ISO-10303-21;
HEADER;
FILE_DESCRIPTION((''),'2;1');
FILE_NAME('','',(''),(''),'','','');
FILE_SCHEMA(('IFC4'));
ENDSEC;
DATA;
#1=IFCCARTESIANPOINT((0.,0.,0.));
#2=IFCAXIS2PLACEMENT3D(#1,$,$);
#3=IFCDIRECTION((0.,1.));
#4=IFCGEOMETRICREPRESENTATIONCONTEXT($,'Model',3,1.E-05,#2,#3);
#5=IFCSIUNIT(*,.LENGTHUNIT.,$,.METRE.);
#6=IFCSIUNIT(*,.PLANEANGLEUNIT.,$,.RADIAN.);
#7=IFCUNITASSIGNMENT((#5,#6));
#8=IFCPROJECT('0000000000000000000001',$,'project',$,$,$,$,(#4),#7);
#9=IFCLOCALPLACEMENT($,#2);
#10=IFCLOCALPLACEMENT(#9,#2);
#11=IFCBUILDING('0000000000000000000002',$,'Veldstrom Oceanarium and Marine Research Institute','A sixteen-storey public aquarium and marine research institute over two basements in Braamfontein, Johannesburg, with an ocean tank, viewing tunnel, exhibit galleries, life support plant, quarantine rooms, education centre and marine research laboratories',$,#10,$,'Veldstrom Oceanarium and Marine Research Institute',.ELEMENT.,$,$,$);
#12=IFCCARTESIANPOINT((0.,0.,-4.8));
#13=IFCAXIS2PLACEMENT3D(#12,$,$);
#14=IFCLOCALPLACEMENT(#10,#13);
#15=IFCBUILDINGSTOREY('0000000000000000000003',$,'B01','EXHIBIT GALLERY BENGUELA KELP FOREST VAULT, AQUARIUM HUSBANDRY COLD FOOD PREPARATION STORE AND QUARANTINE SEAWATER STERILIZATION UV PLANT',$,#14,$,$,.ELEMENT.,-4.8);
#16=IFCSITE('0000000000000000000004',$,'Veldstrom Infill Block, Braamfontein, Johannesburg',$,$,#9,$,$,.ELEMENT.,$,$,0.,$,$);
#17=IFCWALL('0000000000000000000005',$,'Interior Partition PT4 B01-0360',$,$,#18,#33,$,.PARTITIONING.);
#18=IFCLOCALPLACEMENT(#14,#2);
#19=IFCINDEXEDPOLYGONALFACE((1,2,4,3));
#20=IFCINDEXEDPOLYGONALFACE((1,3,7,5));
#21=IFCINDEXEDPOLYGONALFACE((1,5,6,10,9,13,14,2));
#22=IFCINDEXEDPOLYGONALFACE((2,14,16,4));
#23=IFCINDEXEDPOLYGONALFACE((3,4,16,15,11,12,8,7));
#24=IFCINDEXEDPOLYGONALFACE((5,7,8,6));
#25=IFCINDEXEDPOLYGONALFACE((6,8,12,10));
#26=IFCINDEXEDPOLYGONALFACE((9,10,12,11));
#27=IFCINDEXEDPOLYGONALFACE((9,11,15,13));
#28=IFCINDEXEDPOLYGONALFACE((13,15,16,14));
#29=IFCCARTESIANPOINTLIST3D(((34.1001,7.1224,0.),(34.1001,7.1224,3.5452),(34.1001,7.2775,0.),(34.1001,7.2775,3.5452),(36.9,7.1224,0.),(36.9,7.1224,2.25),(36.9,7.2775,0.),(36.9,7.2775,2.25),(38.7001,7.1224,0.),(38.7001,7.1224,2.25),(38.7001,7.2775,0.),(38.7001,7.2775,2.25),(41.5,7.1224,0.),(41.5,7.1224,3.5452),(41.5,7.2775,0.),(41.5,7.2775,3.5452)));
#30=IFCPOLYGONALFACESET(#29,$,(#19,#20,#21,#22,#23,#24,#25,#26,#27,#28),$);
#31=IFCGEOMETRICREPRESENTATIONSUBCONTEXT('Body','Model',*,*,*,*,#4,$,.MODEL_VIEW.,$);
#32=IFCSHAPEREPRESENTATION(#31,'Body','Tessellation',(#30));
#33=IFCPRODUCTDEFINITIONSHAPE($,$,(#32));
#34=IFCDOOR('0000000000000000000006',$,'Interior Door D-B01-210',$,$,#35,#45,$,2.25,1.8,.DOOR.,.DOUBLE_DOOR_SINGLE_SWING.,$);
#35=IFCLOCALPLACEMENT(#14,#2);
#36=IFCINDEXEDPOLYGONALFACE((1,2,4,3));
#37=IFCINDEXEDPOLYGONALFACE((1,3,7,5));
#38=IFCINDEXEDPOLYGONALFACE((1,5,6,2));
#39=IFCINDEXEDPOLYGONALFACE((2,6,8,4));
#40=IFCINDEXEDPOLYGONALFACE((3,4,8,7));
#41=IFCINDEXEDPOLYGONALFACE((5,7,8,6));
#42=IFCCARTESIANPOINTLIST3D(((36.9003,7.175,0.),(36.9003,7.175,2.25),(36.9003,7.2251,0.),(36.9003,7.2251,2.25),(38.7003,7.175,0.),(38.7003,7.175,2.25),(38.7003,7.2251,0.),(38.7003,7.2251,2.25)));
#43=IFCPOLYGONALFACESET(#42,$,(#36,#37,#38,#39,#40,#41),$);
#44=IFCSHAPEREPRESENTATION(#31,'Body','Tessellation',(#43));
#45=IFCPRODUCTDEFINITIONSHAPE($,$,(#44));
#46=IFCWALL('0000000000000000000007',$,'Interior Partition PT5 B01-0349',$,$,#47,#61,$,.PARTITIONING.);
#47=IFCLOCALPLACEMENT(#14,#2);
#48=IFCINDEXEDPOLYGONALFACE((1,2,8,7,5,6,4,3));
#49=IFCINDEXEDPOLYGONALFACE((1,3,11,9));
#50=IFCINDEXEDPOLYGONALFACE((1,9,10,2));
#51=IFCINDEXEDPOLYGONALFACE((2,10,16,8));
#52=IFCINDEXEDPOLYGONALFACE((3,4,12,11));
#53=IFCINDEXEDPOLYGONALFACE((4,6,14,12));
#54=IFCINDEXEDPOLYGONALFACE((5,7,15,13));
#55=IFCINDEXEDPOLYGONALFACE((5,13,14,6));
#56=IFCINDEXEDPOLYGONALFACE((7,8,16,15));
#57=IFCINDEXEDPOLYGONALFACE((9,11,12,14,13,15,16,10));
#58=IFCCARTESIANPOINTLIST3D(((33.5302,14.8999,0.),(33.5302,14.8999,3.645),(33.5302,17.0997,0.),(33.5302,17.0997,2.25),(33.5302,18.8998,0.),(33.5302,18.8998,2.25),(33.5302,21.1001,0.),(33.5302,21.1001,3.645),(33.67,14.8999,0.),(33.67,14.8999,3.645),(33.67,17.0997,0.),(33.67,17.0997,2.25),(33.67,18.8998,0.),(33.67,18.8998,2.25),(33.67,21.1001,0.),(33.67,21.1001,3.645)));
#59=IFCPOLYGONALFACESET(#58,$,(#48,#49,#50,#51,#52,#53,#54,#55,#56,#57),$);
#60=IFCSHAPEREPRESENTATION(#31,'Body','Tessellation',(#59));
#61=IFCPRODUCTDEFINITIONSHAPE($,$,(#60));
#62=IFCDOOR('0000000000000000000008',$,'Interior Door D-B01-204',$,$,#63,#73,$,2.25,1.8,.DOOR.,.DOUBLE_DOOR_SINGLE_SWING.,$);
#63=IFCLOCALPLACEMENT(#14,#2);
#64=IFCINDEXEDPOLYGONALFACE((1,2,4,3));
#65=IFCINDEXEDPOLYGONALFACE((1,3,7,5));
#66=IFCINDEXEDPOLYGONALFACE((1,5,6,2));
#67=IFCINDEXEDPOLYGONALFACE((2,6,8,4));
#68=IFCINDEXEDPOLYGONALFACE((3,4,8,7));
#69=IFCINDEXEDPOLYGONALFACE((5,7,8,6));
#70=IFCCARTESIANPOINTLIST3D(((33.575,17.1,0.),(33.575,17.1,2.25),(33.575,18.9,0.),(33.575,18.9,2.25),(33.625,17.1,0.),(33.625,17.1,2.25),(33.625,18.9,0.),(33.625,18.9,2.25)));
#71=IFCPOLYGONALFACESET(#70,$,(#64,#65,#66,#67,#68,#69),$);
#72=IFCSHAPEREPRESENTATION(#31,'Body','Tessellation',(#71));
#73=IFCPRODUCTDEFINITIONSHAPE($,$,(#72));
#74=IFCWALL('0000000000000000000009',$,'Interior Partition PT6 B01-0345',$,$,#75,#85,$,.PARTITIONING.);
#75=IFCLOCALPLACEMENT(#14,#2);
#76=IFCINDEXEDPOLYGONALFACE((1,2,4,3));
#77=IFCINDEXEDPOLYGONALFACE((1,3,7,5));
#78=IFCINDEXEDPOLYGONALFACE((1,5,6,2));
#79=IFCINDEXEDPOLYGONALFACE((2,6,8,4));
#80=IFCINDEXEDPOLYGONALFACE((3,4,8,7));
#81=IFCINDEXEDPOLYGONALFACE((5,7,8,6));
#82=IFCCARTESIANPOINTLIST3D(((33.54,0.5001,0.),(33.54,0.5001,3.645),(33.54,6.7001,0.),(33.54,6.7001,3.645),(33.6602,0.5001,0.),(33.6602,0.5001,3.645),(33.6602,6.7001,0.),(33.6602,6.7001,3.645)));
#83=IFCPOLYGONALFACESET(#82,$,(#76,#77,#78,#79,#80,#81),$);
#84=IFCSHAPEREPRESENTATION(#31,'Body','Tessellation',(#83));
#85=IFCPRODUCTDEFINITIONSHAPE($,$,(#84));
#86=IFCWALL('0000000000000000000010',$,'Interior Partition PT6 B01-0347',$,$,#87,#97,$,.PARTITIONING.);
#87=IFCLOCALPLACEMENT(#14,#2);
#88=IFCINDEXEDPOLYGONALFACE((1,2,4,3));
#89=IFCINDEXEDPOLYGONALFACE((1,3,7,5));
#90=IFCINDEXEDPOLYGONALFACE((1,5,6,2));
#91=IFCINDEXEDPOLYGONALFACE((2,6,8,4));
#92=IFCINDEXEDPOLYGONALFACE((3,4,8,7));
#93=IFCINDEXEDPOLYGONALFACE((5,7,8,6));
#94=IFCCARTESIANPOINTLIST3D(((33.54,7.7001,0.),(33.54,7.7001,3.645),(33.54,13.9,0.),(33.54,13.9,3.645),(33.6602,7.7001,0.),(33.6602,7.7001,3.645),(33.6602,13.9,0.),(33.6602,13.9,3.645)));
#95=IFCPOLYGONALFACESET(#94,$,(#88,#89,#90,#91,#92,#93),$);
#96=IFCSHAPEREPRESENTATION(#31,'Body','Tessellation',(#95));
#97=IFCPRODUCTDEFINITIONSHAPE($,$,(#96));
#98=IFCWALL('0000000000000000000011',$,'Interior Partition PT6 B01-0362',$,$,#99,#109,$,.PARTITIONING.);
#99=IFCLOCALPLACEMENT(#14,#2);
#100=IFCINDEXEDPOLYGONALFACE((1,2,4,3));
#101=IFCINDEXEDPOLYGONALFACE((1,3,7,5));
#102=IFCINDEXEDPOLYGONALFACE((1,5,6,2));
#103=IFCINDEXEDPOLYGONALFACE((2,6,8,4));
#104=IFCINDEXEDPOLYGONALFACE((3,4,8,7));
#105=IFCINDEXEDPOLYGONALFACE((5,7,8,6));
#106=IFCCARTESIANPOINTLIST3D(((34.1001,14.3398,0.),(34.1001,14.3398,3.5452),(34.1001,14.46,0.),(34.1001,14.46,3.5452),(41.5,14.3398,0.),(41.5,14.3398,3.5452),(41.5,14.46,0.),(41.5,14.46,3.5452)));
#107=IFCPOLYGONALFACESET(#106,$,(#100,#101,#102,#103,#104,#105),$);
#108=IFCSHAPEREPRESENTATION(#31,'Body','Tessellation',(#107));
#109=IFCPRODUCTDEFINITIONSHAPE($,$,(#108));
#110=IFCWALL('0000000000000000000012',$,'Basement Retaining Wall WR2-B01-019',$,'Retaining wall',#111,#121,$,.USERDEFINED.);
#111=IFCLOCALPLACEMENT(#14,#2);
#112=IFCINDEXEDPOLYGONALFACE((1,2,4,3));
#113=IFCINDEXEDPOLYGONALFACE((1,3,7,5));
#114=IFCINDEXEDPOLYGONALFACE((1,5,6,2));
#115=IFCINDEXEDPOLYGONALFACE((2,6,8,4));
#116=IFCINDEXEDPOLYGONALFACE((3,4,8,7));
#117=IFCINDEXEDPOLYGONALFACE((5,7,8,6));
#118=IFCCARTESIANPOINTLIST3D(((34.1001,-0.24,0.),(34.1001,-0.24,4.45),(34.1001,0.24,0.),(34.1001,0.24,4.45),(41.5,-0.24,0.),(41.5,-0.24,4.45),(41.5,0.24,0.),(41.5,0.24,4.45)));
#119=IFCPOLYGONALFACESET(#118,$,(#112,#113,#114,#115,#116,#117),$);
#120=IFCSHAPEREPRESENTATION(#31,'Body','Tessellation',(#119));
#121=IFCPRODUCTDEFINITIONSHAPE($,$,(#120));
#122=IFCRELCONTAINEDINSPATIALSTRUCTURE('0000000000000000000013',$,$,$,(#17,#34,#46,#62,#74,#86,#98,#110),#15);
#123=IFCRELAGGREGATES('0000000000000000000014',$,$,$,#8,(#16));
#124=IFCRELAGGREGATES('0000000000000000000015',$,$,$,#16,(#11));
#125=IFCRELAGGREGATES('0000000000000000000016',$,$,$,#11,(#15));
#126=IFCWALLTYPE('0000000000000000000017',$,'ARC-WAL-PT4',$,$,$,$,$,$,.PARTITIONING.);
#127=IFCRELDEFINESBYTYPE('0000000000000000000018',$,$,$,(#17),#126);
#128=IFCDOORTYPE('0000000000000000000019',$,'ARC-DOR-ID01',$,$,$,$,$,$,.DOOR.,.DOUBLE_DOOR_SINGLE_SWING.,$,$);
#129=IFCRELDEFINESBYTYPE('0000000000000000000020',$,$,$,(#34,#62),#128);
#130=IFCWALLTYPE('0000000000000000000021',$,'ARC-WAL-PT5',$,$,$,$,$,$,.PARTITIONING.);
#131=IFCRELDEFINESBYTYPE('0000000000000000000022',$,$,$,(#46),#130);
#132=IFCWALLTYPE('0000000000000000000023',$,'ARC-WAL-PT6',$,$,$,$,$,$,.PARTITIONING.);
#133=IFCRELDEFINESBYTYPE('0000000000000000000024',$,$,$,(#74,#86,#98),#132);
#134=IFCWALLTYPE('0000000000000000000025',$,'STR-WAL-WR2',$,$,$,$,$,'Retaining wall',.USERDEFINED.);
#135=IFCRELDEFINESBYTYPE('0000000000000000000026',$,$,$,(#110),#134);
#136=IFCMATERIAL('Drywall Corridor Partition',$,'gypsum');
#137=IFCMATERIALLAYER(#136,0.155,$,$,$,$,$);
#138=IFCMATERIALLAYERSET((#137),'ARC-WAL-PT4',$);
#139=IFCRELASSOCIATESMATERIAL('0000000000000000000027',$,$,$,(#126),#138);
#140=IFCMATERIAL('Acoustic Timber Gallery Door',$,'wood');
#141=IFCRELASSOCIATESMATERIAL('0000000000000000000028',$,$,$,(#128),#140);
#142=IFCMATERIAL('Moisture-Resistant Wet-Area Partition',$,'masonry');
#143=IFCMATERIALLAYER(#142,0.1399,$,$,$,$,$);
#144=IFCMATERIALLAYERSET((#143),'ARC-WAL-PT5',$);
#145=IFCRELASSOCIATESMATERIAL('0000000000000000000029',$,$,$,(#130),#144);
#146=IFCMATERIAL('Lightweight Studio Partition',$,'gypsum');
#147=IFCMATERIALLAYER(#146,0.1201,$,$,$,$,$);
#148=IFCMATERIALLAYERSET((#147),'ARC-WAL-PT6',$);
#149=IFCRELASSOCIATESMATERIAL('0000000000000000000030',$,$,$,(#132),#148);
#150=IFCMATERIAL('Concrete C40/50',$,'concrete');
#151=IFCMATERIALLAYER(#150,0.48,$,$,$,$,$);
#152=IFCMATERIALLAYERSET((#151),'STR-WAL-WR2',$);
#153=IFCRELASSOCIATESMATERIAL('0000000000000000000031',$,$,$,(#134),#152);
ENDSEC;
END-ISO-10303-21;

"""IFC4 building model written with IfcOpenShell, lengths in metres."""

from ifc_helpers import new_model, si_unit, direction, frame, frame_2d, origin, place, context, subcontext, project, spatial, rectangle, extrude, material, layer, layer_set, type_object, element, fill, save


model = new_model("IFC4")

# Units and contexts
model_context = context("Model", 3, precision=1e-05, world=origin(), true_north=direction((0.0, 1.0)))
body_context = subcontext(model_context, "Body", "Model", "MODEL_VIEW")
ifc_project = project(units=[si_unit("LENGTHUNIT", "METRE"), si_unit("PLANEANGLEUNIT", "RADIAN")], contexts=[model_context])

# Site, building, storey
site_placement = place(None, origin())
site = spatial("IfcSite", under=ifc_project, at=site_placement, Name="Veldstrom Infill Block, Braamfontein, Johannesburg", CompositionType="ELEMENT", RefElevation=0.0)
building_placement = place(site_placement, origin())
building = spatial("IfcBuilding", under=site, at=building_placement, Name="Veldstrom Oceanarium and Marine Research Institute", Description="A sixteen-storey public aquarium and marine research institute over two basements in Braamfontein, Johannesburg, with an ocean tank, viewing tunnel, exhibit galleries, life support plant, quarantine rooms, education centre and marine research laboratories", LongName="Veldstrom Oceanarium and Marine Research Institute", CompositionType="ELEMENT")
storey_placement = place(building_placement, frame((0.0, 0.0, -4.8)))
storey = spatial("IfcBuildingStorey", under=building, at=storey_placement, Name="B01", Description="EXHIBIT GALLERY BENGUELA KELP FOREST VAULT, AQUARIUM HUSBANDRY COLD FOOD PREPARATION STORE AND QUARANTINE SEAWATER STERILIZATION UV PLANT", CompositionType="ELEMENT", Elevation=-4.8)

# Walls, openings, doors
ifc_material_1 = material(Name="Drywall Corridor Partition", Category="gypsum")
ifc_layer_1 = layer(ifc_material_1, 0.155)
ifc_layer_set_1 = layer_set([ifc_layer_1], Name="ARC-WAL-PT4")
wall_type_1 = type_object("IfcWallType", Name="ARC-WAL-PT4", PredefinedType="PARTITIONING", material=ifc_layer_set_1)
wall_1_placement = place(storey_placement, frame((34.1001, 7.2, 0.0), z_axis=(0.0, 0.0, 1.0), x_axis=(1.0, 0.0, 0.0)))
wall_1 = element("IfcWall", 1, at=wall_1_placement, inside=storey, type_object=wall_type_1, Name="Interior Partition PT4 B01-0360", PredefinedType="PARTITIONING", context=body_context, shape_type="SweptSolid", body=[
    extrude(rectangle(XDim=7.3999, YDim=0.155, at=frame_2d((3.7, 0.0))), origin(), (0.0, 0.0, 1.0), 3.5452),
])
opening_1_placement = place(wall_1_placement, frame((2.8, 0.0, 0.0)))
opening_1 = element("IfcOpeningElement", 2, at=opening_1_placement, cuts=wall_1, PredefinedType="OPENING", context=body_context, shape_type="SweptSolid", body=[
    extrude(rectangle(XDim=1.8, YDim=2.25, at=frame_2d((0.8999, 1.125))), frame((0.0, 0.0874, 0.0), z_axis=(0.0, -1.0, 0.0), x_axis=(1.0, 0.0, 0.0)), (0.0, 0.0, 1.0), 0.175),
])
ifc_material_2 = material(Name="Acoustic Timber Gallery Door", Category="wood")
door_type = type_object("IfcDoorType", Name="ARC-DOR-ID01", OperationType="DOUBLE_DOOR_SINGLE_SWING", PredefinedType="DOOR", material=ifc_material_2)
door_1_placement = place(opening_1_placement, frame((1.8, 0.0, 0.0), z_axis=(0.0, 0.0, 1.0), x_axis=(-1.0, 0.0, 0.0)))
door_1 = element("IfcDoor", 3, at=door_1_placement, inside=storey, type_object=door_type, Name="Interior Door D-B01-210", OperationType="DOUBLE_DOOR_SINGLE_SWING", OverallHeight=2.25, OverallWidth=1.8, PredefinedType="DOOR", context=body_context, shape_type="SweptSolid", body=[
    extrude(rectangle(XDim=1.8, YDim=2.25, at=frame_2d((0.8999, 1.125))), frame((0.0, 0.0249, 0.0), z_axis=(0.0, -1.0, 0.0), x_axis=(1.0, 0.0, 0.0)), (0.0, 0.0, 1.0), 0.05),
])
fill(opening_1, door_1)
ifc_material_3 = material(Name="Moisture-Resistant Wet-Area Partition", Category="masonry")
ifc_layer_2 = layer(ifc_material_3, 0.1399)
ifc_layer_set_2 = layer_set([ifc_layer_2], Name="ARC-WAL-PT5")
wall_type_2 = type_object("IfcWallType", Name="ARC-WAL-PT5", PredefinedType="PARTITIONING", material=ifc_layer_set_2)
wall_2_placement = place(storey_placement, frame((33.6001, 14.8999, 0.0), z_axis=(0.0, 0.0, 1.0), x_axis=(0.0, 1.0, 0.0)))
wall_2 = element("IfcWall", 4, at=wall_2_placement, inside=storey, type_object=wall_type_2, Name="Interior Partition PT5 B01-0349", PredefinedType="PARTITIONING", context=body_context, shape_type="SweptSolid", body=[
    extrude(rectangle(XDim=6.2002, YDim=0.1399, at=frame_2d((3.1001, 0.0))), origin(), (0.0, 0.0, 1.0), 3.645),
])
opening_2_placement = place(wall_2_placement, frame((2.2, 0.0, 0.0)))
opening_2 = element("IfcOpeningElement", 5, at=opening_2_placement, cuts=wall_2, PredefinedType="OPENING", context=body_context, shape_type="SweptSolid", body=[
    extrude(rectangle(XDim=1.8, YDim=2.25, at=frame_2d((0.8999, 1.125))), frame((0.0, 0.0798, 0.0), z_axis=(0.0, -1.0, 0.0), x_axis=(1.0, 0.0, 0.0)), (0.0, 0.0, 1.0), 0.1599),
])
door_2_placement = place(opening_2_placement, frame((1.8, 0.0, 0.0), z_axis=(0.0, 0.0, 1.0), x_axis=(-1.0, 0.0, 0.0)))
door_2 = element("IfcDoor", 6, at=door_2_placement, inside=storey, type_object=door_type, Name="Interior Door D-B01-204", OperationType="DOUBLE_DOOR_SINGLE_SWING", OverallHeight=2.25, OverallWidth=1.8, PredefinedType="DOOR", context=body_context, shape_type="SweptSolid", body=[
    extrude(rectangle(XDim=1.8, YDim=2.25, at=frame_2d((0.8999, 1.125))), frame((0.0, 0.0249, 0.0), z_axis=(0.0, -1.0, 0.0), x_axis=(1.0, 0.0, 0.0)), (0.0, 0.0, 1.0), 0.05),
])
fill(opening_2, door_2)

# Walls
ifc_material_4 = material(Name="Lightweight Studio Partition", Category="gypsum")
ifc_layer_3 = layer(ifc_material_4, 0.1201)
ifc_layer_set_3 = layer_set([ifc_layer_3], Name="ARC-WAL-PT6")
wall_type_3 = type_object("IfcWallType", Name="ARC-WAL-PT6", PredefinedType="PARTITIONING", material=ifc_layer_set_3)
for number, where, z_axis, x_axis, name in (
    (7, (33.6001, 0.5, 0.0), (0.0, 0.0, 1.0), (0.0, 1.0, 0.0), "Interior Partition PT6 B01-0345"),
    (8, (33.6001, 7.7, 0.0), (0.0, 0.0, 1.0), (0.0, 1.0, 0.0), "Interior Partition PT6 B01-0347"),
):
    element("IfcWall", number, at=place(storey_placement, frame(where, z_axis=z_axis, x_axis=x_axis)), inside=storey, type_object=wall_type_3, Name=name, PredefinedType="PARTITIONING", context=body_context, shape_type="SweptSolid", body=[
        extrude(rectangle(XDim=6.2, YDim=0.1201, at=frame_2d((3.1001, 0.0))), origin(), (0.0, 0.0, 1.0), 3.645),
    ])
wall_3_placement = place(storey_placement, frame((34.1001, 14.3999, 0.0), z_axis=(0.0, 0.0, 1.0), x_axis=(1.0, 0.0, 0.0)))
element("IfcWall", 9, at=wall_3_placement, inside=storey, type_object=wall_type_3, Name="Interior Partition PT6 B01-0362", PredefinedType="PARTITIONING", context=body_context, shape_type="SweptSolid", body=[
    extrude(rectangle(XDim=7.3999, YDim=0.1201, at=frame_2d((3.7, 0.0))), origin(), (0.0, 0.0, 1.0), 3.5452),
])
ifc_material_5 = material(Name="Concrete C40/50", Category="concrete")
ifc_layer_4 = layer(ifc_material_5, 0.48)
ifc_layer_set_4 = layer_set([ifc_layer_4], Name="STR-WAL-WR2")
wall_type_4 = type_object("IfcWallType", Name="STR-WAL-WR2", ElementType="Retaining wall", PredefinedType="USERDEFINED", material=ifc_layer_set_4)
wall_4_placement = place(storey_placement, frame((34.1001, 0.0, 0.0), z_axis=(0.0, 0.0, 1.0), x_axis=(1.0, 0.0, 0.0)))
element("IfcWall", 10, at=wall_4_placement, inside=storey, type_object=wall_type_4, Name="Basement Retaining Wall WR2-B01-019", ObjectType="Retaining wall", PredefinedType="USERDEFINED", context=body_context, shape_type="SweptSolid", body=[
    extrude(rectangle(XDim=7.3999, YDim=0.48, at=frame_2d((3.7, 0.0))), origin(), (0.0, 0.0, 1.0), 4.45),
])

save(model, "model.ifc")
